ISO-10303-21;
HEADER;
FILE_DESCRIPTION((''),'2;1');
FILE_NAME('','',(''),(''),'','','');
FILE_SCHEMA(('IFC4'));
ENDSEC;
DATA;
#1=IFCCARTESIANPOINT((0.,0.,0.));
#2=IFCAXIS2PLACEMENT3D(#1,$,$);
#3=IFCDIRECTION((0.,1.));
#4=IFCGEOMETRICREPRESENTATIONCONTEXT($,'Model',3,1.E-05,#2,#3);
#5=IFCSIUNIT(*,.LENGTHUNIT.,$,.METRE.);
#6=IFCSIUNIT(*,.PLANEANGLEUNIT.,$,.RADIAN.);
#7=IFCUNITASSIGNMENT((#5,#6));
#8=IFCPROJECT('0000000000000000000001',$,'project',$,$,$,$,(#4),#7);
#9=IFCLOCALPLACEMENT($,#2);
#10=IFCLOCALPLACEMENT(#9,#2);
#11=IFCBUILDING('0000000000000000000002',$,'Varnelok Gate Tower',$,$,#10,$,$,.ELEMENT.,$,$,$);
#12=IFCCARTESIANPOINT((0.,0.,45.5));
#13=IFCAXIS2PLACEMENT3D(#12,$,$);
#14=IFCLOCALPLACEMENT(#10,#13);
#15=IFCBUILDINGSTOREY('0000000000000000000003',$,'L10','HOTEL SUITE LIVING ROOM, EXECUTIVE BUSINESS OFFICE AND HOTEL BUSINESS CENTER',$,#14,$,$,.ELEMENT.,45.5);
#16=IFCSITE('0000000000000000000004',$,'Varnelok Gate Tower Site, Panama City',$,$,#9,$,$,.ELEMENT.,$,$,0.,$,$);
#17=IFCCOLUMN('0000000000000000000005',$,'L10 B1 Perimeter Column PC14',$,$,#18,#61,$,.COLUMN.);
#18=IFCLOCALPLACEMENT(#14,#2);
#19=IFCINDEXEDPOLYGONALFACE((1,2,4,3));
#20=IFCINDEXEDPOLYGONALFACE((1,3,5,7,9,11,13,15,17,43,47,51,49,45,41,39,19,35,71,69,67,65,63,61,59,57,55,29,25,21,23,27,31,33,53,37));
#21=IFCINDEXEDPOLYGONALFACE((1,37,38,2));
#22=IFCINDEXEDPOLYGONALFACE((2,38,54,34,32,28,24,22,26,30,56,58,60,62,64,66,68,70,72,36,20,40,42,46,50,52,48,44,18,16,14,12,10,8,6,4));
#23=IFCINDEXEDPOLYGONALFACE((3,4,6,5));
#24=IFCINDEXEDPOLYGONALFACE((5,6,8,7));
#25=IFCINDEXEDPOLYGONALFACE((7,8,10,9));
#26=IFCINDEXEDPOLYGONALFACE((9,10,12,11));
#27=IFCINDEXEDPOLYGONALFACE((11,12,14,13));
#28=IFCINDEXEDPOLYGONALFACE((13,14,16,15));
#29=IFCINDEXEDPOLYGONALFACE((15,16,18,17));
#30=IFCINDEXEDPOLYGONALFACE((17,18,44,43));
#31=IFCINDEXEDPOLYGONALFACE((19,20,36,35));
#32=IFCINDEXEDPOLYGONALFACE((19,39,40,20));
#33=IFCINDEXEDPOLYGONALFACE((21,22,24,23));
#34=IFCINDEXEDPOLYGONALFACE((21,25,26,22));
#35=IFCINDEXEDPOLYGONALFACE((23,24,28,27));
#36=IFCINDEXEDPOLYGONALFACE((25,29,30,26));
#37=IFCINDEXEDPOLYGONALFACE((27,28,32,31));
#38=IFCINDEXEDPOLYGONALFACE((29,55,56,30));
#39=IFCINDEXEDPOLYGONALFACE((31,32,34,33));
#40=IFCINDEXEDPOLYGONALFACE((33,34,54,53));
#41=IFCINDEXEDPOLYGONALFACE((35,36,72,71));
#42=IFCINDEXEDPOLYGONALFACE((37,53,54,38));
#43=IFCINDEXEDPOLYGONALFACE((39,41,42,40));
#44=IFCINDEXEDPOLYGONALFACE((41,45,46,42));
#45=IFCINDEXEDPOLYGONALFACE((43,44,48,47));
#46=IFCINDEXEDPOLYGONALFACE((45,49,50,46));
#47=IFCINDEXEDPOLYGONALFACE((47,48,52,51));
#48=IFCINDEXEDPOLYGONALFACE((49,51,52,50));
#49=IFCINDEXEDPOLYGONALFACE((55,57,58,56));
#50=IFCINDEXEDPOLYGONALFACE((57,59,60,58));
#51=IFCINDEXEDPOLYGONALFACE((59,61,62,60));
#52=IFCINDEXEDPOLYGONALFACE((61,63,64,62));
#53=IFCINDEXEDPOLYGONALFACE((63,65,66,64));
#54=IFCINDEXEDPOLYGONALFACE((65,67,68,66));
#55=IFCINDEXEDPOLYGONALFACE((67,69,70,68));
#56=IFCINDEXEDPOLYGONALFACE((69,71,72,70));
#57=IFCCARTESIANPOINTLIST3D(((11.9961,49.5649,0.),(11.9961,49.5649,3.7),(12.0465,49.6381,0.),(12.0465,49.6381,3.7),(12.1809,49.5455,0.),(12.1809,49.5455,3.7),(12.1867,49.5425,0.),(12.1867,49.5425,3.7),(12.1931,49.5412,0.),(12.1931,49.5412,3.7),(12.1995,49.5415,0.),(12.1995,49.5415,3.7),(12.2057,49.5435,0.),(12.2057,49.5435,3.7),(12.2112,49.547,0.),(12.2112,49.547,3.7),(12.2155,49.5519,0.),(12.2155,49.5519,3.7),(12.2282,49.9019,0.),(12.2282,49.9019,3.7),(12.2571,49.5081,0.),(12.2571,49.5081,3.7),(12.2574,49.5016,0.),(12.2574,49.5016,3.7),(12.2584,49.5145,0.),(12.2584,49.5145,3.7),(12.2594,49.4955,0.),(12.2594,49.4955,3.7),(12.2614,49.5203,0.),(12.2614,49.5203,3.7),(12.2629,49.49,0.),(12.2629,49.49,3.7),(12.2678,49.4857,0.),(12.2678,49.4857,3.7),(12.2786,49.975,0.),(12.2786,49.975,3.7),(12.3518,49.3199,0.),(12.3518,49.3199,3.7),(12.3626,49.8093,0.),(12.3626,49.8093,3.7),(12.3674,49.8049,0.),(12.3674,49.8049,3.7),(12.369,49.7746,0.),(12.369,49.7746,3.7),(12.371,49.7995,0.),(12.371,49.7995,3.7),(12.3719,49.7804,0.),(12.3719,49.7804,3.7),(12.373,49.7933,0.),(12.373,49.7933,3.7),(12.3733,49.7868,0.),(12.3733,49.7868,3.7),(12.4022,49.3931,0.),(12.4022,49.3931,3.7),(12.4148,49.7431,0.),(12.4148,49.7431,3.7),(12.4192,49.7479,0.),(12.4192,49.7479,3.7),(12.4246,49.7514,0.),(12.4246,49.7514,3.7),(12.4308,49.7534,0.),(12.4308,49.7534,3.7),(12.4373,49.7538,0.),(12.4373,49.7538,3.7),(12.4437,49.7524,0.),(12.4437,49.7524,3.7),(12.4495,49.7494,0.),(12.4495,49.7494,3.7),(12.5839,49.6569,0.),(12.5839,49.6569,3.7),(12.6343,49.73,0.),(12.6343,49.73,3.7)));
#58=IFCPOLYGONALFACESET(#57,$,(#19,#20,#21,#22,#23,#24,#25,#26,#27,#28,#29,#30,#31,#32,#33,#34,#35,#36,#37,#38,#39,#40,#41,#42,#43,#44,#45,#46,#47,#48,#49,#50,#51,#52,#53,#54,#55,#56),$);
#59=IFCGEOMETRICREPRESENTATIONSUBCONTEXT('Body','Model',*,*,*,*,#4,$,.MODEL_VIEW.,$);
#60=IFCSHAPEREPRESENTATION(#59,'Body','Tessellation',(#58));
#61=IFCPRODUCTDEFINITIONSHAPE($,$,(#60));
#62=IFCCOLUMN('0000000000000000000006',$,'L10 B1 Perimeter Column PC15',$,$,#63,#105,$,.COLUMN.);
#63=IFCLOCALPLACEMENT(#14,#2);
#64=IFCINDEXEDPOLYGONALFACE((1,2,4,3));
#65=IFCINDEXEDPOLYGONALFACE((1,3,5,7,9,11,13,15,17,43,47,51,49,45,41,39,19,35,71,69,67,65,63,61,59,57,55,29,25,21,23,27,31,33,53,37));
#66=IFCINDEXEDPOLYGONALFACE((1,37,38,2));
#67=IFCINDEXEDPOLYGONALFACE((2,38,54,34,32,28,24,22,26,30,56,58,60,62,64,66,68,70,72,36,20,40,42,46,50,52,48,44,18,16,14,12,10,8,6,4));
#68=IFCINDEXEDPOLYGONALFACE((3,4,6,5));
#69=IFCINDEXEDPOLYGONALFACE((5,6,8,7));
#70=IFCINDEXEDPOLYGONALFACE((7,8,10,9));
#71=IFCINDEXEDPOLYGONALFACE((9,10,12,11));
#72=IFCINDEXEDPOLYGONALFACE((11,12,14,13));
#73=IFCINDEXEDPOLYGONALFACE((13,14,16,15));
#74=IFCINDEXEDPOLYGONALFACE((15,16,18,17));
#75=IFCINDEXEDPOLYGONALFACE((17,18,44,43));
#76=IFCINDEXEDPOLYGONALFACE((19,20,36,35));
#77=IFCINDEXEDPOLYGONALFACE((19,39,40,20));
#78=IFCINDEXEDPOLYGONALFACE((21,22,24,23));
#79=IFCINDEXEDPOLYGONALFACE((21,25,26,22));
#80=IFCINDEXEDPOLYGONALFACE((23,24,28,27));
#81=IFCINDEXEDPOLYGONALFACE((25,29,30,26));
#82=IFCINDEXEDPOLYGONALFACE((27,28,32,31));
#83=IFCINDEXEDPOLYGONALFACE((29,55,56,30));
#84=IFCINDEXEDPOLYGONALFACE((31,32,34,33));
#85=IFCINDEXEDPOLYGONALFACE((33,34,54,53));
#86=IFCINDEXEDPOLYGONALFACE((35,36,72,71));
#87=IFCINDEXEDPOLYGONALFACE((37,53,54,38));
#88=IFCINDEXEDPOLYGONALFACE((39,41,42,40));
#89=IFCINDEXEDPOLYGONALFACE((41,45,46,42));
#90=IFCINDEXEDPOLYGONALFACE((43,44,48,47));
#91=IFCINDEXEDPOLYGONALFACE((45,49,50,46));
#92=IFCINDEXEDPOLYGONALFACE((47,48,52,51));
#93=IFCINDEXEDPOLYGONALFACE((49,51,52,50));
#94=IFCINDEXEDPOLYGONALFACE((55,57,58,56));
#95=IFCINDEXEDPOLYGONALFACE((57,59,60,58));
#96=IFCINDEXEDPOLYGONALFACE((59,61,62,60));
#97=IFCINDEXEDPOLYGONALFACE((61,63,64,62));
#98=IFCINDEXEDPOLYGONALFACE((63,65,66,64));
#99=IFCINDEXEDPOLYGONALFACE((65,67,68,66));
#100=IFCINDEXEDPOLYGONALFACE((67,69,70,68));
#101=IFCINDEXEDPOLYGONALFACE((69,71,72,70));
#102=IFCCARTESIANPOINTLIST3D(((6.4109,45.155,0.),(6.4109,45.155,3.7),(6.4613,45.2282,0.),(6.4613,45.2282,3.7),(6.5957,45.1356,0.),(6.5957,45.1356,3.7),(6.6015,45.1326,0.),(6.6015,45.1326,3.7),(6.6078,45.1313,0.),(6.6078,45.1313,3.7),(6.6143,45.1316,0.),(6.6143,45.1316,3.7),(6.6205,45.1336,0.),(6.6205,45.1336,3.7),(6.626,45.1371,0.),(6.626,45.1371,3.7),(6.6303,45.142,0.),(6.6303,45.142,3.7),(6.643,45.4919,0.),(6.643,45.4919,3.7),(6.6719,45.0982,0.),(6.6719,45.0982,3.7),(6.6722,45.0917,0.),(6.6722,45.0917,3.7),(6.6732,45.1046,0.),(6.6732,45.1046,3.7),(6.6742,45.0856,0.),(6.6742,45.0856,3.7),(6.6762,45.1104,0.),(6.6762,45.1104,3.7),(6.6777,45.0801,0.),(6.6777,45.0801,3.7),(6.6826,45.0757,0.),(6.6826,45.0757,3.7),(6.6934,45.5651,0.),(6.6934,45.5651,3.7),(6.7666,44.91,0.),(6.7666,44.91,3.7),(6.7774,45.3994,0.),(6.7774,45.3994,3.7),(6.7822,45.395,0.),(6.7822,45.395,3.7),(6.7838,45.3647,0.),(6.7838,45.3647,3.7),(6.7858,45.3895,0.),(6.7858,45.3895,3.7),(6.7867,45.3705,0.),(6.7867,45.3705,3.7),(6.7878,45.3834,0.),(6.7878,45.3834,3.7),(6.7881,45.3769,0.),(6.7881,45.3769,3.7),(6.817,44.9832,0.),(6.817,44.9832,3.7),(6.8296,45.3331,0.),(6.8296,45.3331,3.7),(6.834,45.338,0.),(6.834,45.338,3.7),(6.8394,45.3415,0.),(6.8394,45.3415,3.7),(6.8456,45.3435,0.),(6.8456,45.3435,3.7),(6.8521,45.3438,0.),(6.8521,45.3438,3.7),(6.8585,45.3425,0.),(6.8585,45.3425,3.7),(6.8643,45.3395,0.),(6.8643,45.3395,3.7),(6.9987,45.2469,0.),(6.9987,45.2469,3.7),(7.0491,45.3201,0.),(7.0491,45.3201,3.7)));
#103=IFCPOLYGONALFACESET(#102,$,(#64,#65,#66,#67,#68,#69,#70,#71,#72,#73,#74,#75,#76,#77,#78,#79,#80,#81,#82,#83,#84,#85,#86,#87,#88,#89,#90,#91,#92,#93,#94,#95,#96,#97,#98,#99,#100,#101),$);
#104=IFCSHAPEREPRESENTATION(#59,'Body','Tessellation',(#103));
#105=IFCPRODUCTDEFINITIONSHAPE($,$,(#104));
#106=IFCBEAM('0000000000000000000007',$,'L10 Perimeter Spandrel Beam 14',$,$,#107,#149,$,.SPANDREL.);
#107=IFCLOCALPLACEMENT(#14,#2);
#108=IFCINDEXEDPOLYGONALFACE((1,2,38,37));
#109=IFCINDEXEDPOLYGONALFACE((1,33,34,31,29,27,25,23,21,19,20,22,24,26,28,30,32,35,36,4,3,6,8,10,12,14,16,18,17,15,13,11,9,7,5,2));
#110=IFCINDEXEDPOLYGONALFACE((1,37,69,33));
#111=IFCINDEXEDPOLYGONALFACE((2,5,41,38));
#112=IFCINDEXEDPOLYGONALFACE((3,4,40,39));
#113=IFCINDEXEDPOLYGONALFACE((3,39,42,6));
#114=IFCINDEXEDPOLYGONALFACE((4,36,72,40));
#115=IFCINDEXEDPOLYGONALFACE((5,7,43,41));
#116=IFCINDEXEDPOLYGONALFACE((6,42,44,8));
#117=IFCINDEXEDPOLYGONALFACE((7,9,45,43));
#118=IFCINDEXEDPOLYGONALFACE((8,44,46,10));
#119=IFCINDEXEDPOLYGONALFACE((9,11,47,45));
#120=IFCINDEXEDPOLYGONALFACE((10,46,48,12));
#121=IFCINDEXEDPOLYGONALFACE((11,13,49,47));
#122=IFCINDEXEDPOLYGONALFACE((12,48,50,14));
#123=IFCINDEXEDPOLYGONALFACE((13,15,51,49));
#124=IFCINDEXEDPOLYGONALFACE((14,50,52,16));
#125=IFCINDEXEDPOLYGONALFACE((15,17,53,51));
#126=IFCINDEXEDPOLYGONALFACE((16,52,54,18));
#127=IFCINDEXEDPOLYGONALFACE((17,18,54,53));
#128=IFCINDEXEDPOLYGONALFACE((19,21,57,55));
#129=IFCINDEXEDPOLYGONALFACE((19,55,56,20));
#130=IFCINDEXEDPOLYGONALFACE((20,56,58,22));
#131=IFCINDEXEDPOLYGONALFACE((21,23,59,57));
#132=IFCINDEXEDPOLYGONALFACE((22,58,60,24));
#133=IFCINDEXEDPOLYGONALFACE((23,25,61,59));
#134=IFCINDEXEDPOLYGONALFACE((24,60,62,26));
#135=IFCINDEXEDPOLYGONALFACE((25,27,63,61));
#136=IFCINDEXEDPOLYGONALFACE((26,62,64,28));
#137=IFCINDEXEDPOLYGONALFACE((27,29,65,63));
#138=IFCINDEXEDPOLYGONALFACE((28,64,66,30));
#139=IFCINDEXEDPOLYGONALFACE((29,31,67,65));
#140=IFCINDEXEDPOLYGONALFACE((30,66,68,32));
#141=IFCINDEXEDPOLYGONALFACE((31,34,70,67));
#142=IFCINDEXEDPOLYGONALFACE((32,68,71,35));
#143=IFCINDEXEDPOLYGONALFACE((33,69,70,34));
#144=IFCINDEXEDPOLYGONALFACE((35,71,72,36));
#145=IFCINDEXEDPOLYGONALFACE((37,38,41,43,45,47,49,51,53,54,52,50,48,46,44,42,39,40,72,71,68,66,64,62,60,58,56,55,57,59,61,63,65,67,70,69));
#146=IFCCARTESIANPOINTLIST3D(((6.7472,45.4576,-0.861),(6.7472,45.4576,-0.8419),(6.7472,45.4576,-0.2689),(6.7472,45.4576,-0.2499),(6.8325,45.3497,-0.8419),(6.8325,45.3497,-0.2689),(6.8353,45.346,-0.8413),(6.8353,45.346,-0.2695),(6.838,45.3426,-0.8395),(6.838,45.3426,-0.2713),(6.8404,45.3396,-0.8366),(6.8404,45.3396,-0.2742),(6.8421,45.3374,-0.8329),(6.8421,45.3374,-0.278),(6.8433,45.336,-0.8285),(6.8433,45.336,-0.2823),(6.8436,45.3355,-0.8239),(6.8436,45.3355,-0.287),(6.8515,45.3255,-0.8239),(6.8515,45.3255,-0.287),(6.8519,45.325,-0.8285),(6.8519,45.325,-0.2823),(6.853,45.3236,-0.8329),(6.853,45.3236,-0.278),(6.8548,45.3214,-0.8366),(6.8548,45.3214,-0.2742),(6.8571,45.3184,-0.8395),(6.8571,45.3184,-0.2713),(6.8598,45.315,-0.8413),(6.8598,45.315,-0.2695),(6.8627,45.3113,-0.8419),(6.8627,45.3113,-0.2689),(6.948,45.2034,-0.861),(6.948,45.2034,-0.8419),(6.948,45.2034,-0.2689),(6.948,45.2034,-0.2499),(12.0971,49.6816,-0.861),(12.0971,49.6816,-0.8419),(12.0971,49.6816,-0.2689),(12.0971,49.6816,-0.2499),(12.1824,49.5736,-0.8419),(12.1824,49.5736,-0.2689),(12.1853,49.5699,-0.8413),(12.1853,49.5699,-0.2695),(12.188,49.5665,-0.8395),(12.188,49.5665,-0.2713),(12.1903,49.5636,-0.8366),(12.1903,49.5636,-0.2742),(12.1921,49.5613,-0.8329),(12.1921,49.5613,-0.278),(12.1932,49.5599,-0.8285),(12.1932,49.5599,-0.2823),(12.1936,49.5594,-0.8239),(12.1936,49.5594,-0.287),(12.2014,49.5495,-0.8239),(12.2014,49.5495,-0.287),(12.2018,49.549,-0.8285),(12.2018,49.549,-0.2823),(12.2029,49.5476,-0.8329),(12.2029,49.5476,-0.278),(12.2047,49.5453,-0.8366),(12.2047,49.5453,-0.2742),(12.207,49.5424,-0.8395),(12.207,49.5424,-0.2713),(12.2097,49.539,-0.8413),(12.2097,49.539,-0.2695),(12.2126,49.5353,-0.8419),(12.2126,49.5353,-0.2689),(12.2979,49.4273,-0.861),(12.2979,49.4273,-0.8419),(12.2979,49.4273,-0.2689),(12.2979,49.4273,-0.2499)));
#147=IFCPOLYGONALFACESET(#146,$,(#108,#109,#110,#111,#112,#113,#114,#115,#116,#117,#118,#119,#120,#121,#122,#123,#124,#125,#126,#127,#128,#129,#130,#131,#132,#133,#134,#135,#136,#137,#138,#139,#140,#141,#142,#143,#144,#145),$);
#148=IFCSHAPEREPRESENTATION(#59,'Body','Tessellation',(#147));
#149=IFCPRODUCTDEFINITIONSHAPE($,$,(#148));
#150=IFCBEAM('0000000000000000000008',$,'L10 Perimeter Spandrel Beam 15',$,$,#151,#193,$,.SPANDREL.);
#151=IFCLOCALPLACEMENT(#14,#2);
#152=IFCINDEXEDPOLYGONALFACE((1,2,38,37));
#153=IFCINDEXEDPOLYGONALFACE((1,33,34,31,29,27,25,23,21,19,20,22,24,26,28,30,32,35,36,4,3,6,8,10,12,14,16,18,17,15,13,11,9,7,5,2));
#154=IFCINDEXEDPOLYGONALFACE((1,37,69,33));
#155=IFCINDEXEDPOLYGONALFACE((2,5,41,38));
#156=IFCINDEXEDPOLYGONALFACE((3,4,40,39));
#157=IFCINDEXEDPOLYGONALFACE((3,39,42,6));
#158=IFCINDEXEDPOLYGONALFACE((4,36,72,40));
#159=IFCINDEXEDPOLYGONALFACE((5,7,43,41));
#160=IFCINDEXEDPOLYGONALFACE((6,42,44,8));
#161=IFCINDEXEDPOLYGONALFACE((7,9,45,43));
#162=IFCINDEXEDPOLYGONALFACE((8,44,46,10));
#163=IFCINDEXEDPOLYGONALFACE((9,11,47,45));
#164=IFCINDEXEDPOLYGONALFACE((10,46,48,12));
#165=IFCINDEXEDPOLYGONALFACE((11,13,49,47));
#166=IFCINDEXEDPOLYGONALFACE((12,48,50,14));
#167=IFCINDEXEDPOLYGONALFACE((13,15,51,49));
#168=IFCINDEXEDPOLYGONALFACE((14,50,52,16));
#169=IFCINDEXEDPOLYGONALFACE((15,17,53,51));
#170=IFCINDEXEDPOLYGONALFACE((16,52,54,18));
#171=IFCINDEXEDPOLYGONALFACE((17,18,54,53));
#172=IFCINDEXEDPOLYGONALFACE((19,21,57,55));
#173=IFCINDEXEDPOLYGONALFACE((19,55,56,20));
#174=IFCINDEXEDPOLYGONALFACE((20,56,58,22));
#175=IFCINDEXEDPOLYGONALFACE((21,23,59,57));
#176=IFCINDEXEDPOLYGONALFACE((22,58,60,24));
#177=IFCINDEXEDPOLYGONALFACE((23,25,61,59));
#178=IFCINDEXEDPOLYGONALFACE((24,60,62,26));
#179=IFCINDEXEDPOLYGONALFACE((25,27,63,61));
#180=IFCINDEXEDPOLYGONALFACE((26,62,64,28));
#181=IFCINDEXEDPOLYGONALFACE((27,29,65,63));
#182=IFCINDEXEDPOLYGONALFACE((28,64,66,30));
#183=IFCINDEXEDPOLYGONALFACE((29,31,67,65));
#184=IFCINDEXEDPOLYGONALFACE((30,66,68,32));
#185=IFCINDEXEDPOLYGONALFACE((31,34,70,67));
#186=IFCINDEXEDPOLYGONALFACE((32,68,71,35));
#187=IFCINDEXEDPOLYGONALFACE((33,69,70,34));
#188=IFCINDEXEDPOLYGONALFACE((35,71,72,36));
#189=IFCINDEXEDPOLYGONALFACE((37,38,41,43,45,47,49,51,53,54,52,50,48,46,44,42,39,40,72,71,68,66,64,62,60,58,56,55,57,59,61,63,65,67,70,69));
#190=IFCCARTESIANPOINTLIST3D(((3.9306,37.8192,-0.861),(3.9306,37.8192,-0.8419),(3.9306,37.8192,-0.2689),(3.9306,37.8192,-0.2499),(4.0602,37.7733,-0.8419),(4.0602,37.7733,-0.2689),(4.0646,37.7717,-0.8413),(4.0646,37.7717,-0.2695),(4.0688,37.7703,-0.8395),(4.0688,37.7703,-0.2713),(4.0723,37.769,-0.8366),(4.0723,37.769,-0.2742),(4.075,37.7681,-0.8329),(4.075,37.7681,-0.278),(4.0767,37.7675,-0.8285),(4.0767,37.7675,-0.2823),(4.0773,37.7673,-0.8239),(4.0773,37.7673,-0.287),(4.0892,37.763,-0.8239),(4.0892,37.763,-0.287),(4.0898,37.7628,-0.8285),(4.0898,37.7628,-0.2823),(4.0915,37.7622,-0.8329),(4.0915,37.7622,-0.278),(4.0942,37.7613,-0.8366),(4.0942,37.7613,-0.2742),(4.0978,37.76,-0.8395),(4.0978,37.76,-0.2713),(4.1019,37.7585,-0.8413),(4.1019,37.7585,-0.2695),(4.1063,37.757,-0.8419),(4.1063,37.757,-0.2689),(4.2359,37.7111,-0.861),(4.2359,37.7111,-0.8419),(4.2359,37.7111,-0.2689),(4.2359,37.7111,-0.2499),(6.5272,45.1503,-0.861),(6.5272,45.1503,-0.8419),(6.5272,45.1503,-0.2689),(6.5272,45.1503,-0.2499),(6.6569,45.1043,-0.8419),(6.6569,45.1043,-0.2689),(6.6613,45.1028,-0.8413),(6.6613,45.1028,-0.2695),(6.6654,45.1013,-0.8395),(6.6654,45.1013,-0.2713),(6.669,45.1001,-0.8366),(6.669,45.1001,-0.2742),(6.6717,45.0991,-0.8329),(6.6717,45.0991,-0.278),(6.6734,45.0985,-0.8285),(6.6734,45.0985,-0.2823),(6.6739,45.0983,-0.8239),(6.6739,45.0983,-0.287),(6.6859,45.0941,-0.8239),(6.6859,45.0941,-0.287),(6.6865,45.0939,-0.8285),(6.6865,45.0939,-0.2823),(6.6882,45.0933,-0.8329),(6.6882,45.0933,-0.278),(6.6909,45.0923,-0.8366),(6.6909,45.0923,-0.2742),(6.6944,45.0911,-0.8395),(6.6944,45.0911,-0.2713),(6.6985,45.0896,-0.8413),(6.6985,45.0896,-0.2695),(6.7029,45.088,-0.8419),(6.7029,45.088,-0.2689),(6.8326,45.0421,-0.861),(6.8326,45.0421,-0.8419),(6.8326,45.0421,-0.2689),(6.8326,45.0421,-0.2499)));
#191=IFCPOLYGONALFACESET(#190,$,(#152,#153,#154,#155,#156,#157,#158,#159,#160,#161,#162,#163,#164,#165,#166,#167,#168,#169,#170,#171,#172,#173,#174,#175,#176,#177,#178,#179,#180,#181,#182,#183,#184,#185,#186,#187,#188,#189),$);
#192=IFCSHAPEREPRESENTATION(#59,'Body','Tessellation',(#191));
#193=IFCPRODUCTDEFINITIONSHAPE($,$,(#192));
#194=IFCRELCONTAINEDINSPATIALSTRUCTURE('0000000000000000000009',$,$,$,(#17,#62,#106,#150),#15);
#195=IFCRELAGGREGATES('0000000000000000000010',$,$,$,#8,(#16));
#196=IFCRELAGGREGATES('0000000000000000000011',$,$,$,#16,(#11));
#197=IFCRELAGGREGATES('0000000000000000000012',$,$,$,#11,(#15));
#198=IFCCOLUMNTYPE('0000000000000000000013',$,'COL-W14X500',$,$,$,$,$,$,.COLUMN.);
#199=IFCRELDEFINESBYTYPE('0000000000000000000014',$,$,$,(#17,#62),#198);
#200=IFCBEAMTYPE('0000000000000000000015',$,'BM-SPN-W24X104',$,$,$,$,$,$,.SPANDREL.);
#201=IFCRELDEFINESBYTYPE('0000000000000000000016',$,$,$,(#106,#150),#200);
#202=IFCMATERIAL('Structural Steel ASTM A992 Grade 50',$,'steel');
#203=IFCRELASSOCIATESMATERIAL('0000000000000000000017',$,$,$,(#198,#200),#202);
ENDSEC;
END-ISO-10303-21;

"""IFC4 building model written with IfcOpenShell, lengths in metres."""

from ifc_helpers import new_model, si_unit, direction, frame, origin, origin_2d, place, context, subcontext, project, spatial, i_section, extrude, material, material_profile, profile_set, type_object, element, save


model = new_model("IFC4")

# Units and contexts
model_context = context("Model", 3, precision=1e-05, world=origin(), true_north=direction((0.0, 1.0)))
body_context = subcontext(model_context, "Body", "Model", "MODEL_VIEW")
ifc_project = project(units=[si_unit("LENGTHUNIT", "METRE"), si_unit("PLANEANGLEUNIT", "RADIAN")], contexts=[model_context])

# Site, building, storey
site_placement = place(None, origin())
site = spatial("IfcSite", under=ifc_project, at=site_placement, Name="Varnelok Gate Tower Site, Panama City", CompositionType="ELEMENT", RefElevation=0.0)
building_placement = place(site_placement, origin())
building = spatial("IfcBuilding", under=site, at=building_placement, Name="Varnelok Gate Tower", CompositionType="ELEMENT")
storey_placement = place(building_placement, frame((0.0, 0.0, 45.5)))
storey = spatial("IfcBuildingStorey", under=building, at=storey_placement, Name="L10", Description="HOTEL SUITE LIVING ROOM, EXECUTIVE BUSINESS OFFICE AND HOTEL BUSINESS CENTER", CompositionType="ELEMENT", Elevation=45.5)

# Columns
ifc_material_1 = material(Name="Structural Steel ASTM A992 Grade 50", Category="steel")
ifc_material_profile_1 = material_profile(ifc_material_1, i_section(OverallWidth=0.4319, OverallDepth=0.498, WebThickness=0.0557, FlangeThickness=0.0889, FilletRadius=0.0249, at=origin_2d()), Name="W14X500")
ifc_profile_set_1 = profile_set([ifc_material_profile_1], Name="Structural Steel ASTM A992 Grade 50")
column_type = type_object("IfcColumnType", Name="COL-W14X500", PredefinedType="COLUMN", material=ifc_profile_set_1)
for number, where, z_axis, x_axis, name in (
    (1, (12.3152, 49.6475, 0.0), (0.0, 0.0, 1.0), (0.823533, -0.567269, 0.0), "L10 B1 Perimeter Column PC14"),
    (2, (6.73, 45.2375, 0.0), (0.0, 0.0, 1.0), (0.823533, -0.567269, 0.0), "L10 B1 Perimeter Column PC15"),
):
    element("IfcColumn", number, at=place(storey_placement, frame(where, z_axis=z_axis, x_axis=x_axis)), inside=storey, type_object=column_type, Name=name, PredefinedType="COLUMN", context=body_context, shape_type="SweptSolid", body=[
        extrude(i_section(OverallWidth=0.4319, OverallDepth=0.498, WebThickness=0.0557, FlangeThickness=0.0889, FilletRadius=0.0249, at=origin_2d()), origin(), (0.0, 0.0, 1.0), 3.7),
    ])

# Beams
ifc_material_profile_2 = material_profile(ifc_material_1, i_section(OverallWidth=0.324, OverallDepth=0.6111, WebThickness=0.0127, FlangeThickness=0.019, FilletRadius=0.0181, at=origin_2d()), Name="W24X104")
ifc_profile_set_2 = profile_set([ifc_material_profile_2], Name="Structural Steel ASTM A992 Grade 50")
beam_type = type_object("IfcBeamType", Name="BM-SPN-W24X104", PredefinedType="SPANDREL", material=ifc_profile_set_2)
beam_1_placement = place(storey_placement, frame((12.1975, 49.5544, -0.5554), z_axis=(-0.784861, -0.619672, 0.0), x_axis=(0.619672, -0.784861, 0.0)))
element("IfcBeam", 3, at=beam_1_placement, inside=storey, type_object=beam_type, Name="L10 Perimeter Spandrel Beam 14", PredefinedType="SPANDREL", context=body_context, shape_type="SweptSolid", body=[
    extrude(i_section(OverallWidth=0.324, OverallDepth=0.6111, WebThickness=0.0127, FlangeThickness=0.019, FilletRadius=0.0181, at=origin_2d()), origin(), (0.0, 0.0, 1.0), 6.8164),
])
beam_2_placement = place(storey_placement, frame((6.6799, 45.0962, -0.5554), z_axis=(-0.333877, -0.942617, 0.0), x_axis=(0.942617, -0.333877, 0.0)))
element("IfcBeam", 4, at=beam_2_placement, inside=storey, type_object=beam_type, Name="L10 Perimeter Spandrel Beam 15", PredefinedType="SPANDREL", context=body_context, shape_type="SweptSolid", body=[
    extrude(i_section(OverallWidth=0.324, OverallDepth=0.6111, WebThickness=0.0127, FlangeThickness=0.019, FilletRadius=0.0181, at=origin_2d()), origin(), (0.0, 0.0, 1.0), 7.7773),
])

save(model, "model.ifc")
